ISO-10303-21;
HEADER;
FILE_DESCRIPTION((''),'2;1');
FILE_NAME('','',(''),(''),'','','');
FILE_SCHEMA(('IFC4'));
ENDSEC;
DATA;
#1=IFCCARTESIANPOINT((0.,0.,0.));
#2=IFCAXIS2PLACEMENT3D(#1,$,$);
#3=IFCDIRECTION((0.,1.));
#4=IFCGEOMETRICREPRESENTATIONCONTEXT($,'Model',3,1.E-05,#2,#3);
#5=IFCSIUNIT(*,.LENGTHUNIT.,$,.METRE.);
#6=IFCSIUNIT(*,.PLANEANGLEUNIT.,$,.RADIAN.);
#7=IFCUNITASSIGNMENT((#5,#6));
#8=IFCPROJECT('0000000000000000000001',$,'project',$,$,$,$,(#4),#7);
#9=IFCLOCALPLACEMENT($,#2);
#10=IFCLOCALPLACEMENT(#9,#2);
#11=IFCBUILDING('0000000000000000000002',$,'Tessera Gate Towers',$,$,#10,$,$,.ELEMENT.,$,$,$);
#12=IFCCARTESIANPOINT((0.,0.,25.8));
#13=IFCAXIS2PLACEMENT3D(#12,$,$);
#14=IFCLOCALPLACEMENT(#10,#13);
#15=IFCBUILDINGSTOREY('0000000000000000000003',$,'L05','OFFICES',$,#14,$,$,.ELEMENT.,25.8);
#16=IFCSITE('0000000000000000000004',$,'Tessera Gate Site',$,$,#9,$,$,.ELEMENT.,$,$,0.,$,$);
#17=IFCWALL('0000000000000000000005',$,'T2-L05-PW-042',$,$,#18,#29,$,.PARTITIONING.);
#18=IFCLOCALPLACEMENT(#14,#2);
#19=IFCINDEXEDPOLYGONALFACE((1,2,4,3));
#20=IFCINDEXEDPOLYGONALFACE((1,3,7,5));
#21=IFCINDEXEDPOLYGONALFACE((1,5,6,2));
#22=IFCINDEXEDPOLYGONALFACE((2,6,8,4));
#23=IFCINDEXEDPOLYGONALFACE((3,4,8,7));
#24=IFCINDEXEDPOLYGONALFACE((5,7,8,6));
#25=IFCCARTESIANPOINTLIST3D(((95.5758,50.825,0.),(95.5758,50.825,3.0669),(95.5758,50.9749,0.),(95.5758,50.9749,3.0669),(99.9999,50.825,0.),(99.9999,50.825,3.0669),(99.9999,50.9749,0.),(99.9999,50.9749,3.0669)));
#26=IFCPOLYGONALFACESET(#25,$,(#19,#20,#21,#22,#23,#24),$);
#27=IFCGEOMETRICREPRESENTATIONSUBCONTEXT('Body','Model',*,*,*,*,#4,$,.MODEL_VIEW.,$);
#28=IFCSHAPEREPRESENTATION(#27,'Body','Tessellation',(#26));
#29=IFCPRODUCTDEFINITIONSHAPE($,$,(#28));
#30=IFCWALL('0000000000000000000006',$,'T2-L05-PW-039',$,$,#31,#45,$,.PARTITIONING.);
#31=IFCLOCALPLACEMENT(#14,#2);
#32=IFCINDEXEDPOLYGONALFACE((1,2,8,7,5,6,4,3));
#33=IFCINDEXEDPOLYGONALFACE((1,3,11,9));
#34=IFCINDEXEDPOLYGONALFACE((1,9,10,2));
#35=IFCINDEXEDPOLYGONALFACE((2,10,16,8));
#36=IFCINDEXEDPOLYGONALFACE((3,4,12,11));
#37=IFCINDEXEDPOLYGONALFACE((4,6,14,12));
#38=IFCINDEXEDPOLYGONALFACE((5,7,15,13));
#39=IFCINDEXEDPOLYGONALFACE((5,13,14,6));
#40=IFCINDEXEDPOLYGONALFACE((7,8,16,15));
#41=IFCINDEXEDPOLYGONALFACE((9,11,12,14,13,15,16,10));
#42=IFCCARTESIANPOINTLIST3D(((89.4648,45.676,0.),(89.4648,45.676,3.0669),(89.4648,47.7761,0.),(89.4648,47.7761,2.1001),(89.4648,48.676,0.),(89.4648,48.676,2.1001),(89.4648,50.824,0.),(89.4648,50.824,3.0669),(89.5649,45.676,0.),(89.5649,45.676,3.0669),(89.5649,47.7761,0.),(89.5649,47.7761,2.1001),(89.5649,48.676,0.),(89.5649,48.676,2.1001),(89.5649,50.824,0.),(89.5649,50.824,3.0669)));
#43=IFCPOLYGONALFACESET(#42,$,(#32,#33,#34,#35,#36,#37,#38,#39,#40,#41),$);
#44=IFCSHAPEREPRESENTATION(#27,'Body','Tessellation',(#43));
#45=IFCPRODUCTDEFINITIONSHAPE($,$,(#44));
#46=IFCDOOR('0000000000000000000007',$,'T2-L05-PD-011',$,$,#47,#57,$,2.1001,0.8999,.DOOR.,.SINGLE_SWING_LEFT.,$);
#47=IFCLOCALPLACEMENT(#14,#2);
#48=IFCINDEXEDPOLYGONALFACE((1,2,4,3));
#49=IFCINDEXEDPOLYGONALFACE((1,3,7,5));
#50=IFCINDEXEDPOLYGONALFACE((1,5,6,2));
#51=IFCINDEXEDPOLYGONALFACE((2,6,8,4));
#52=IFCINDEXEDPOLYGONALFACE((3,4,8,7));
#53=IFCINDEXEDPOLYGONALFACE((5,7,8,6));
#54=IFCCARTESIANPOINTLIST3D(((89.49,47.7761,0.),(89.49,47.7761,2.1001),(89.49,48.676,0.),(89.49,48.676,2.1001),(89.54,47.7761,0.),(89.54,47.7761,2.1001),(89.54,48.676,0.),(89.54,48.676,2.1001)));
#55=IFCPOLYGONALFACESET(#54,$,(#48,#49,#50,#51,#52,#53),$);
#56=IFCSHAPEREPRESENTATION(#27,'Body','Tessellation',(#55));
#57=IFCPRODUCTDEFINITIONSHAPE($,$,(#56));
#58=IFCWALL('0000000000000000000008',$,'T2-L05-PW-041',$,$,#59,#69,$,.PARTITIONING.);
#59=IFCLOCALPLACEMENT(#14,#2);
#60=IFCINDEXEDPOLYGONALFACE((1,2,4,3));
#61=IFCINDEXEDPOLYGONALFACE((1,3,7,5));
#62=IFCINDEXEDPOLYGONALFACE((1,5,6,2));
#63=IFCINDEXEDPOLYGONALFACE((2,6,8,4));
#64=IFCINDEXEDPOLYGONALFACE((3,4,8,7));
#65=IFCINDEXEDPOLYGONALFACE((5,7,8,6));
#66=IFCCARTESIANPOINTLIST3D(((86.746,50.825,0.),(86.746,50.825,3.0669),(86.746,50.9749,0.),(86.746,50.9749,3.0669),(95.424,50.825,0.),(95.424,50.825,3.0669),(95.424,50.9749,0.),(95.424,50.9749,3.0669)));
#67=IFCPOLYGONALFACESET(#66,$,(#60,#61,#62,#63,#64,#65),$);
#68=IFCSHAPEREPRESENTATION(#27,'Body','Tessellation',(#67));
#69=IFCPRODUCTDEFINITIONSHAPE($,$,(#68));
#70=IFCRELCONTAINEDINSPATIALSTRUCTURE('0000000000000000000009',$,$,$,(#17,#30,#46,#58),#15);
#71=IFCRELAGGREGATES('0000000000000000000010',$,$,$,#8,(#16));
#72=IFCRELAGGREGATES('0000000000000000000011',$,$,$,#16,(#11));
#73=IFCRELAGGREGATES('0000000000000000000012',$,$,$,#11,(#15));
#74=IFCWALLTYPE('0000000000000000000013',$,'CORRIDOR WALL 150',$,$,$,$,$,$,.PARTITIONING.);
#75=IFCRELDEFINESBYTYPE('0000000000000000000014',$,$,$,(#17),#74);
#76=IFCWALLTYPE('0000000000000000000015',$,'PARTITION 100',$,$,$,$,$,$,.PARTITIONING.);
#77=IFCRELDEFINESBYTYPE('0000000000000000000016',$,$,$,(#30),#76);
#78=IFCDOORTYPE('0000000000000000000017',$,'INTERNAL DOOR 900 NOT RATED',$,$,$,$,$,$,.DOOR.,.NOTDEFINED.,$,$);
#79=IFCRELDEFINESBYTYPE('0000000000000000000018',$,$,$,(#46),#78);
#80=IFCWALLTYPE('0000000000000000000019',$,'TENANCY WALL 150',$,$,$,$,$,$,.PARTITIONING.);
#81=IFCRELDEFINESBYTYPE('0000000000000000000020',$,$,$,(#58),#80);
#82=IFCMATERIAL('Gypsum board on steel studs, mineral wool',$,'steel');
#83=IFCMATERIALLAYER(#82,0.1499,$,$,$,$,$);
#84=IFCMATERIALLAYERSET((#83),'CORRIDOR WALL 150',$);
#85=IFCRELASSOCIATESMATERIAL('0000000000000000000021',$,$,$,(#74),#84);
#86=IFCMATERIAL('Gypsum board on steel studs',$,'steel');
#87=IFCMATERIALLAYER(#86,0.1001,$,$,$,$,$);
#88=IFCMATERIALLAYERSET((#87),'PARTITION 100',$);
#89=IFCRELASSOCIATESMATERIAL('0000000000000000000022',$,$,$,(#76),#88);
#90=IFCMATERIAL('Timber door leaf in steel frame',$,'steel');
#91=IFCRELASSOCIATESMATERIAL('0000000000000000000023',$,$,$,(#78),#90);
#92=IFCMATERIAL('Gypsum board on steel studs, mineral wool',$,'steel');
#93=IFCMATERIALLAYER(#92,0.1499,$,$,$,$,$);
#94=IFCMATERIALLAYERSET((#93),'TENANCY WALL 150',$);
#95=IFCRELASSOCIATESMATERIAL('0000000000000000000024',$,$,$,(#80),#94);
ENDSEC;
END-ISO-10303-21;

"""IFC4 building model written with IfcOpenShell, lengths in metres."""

from ifc_helpers import new_model, si_unit, direction, frame, frame_2d, origin, place, context, subcontext, project, spatial, rectangle, extrude, source, transform, mapped, material, layer, layer_set, type_object, element, fill, save


model = new_model("IFC4")

# Units and contexts
model_context = context("Model", 3, precision=1e-05, world=origin(), true_north=direction((0.0, 1.0)))
body_context = subcontext(model_context, "Body", "Model", "MODEL_VIEW")
ifc_project = project(units=[si_unit("LENGTHUNIT", "METRE"), si_unit("PLANEANGLEUNIT", "RADIAN")], contexts=[model_context])

# Site, building, storey
site_placement = place(None, origin())
site = spatial("IfcSite", under=ifc_project, at=site_placement, Name="Tessera Gate Site", CompositionType="ELEMENT", RefElevation=0.0)
building_placement = place(site_placement, origin())
building = spatial("IfcBuilding", under=site, at=building_placement, Name="Tessera Gate Towers", CompositionType="ELEMENT")
storey_placement = place(building_placement, frame((0.0, 0.0, 25.8)))
storey = spatial("IfcBuildingStorey", under=building, at=storey_placement, Name="L05", Description="OFFICES", CompositionType="ELEMENT", Elevation=25.8)

# Wall
ifc_material_1 = material(Name="Gypsum board on steel studs, mineral wool", Category="steel")
ifc_layer_1 = layer(ifc_material_1, 0.1499)
ifc_layer_set_1 = layer_set([ifc_layer_1], Name="CORRIDOR WALL 150")
wall_type_1 = type_object("IfcWallType", Name="CORRIDOR WALL 150", PredefinedType="PARTITIONING", material=ifc_layer_set_1)
wall_1_placement = place(storey_placement, frame((95.5759, 50.8999, 0.0), z_axis=(0.0, 0.0, 1.0), x_axis=(1.0, 0.0, 0.0)))
element("IfcWall", 1, at=wall_1_placement, inside=storey, type_object=wall_type_1, Name="T2-L05-PW-042", PredefinedType="PARTITIONING", context=body_context, shape_type="SweptSolid", body=[
    extrude(rectangle(XDim=4.4241, YDim=0.1499, at=frame_2d((2.2119, 0.0))), origin(), (0.0, 0.0, 1.0), 3.0669),
])

# Wall, opening, door
ifc_material_2 = material(Name="Gypsum board on steel studs", Category="steel")
ifc_layer_2 = layer(ifc_material_2, 0.1001)
ifc_layer_set_2 = layer_set([ifc_layer_2], Name="PARTITION 100")
wall_type_2 = type_object("IfcWallType", Name="PARTITION 100", PredefinedType="PARTITIONING", material=ifc_layer_set_2)
wall_2_placement = place(storey_placement, frame((89.5149, 45.676, 0.0), z_axis=(0.0, 0.0, 1.0), x_axis=(0.0, 1.0, 0.0)))
wall_2 = element("IfcWall", 2, at=wall_2_placement, inside=storey, type_object=wall_type_2, Name="T2-L05-PW-039", PredefinedType="PARTITIONING", context=body_context, shape_type="SweptSolid", body=[
    extrude(rectangle(XDim=5.1479, YDim=0.1001, at=frame_2d((2.574, 0.0))), origin(), (0.0, 0.0, 1.0), 3.0669),
])
shared_shape_1 = source(origin(), body_context, "Body", "SweptSolid", [
    extrude(rectangle(XDim=0.8999, YDim=2.1001, at=frame_2d((0.45, 1.05))), frame((0.0, 0.0601, 0.0), z_axis=(0.0, -1.0, 0.0), x_axis=(1.0, 0.0, 0.0)), (0.0, 0.0, 1.0), 0.1201),
])
opening_placement = place(wall_2_placement, frame((2.1001, 0.0, 0.0)))
opening = element("IfcOpeningElement", 3, at=opening_placement, cuts=wall_2, PredefinedType="OPENING", context=body_context, shape_type="MappedRepresentation", body=[
    mapped(shared_shape_1, transform((0.0, 0.0, 0.0), scale=1.0)),
])
ifc_material_3 = material(Name="Timber door leaf in steel frame", Category="steel")
door_type = type_object("IfcDoorType", Name="INTERNAL DOOR 900 NOT RATED", OperationType="NOTDEFINED", PredefinedType="DOOR", material=ifc_material_3)
shared_shape_2 = source(origin(), body_context, "Body", "SweptSolid", [
    extrude(rectangle(XDim=0.8999, YDim=2.1001, at=frame_2d((0.45, 1.05))), frame((0.0, 0.0249, 0.0), z_axis=(0.0, -1.0, 0.0), x_axis=(1.0, 0.0, 0.0)), (0.0, 0.0, 1.0), 0.05),
])
door_placement = place(opening_placement, origin())
door = element("IfcDoor", 4, at=door_placement, inside=storey, type_object=door_type, Name="T2-L05-PD-011", OperationType="SINGLE_SWING_LEFT", OverallHeight=2.1001, OverallWidth=0.8999, PredefinedType="DOOR", context=body_context, shape_type="MappedRepresentation", body=[
    mapped(shared_shape_2, transform((0.0, 0.0, 0.0), scale=1.0)),
])
fill(opening, door)

# Wall
ifc_material_4 = material(Name="Gypsum board on steel studs, mineral wool", Category="steel")
ifc_layer_3 = layer(ifc_material_4, 0.1499)
ifc_layer_set_3 = layer_set([ifc_layer_3], Name="TENANCY WALL 150")
wall_type_3 = type_object("IfcWallType", Name="TENANCY WALL 150", PredefinedType="PARTITIONING", material=ifc_layer_set_3)
wall_3_placement = place(storey_placement, frame((86.7461, 50.8999, 0.0), z_axis=(0.0, 0.0, 1.0), x_axis=(1.0, 0.0, 0.0)))
element("IfcWall", 5, at=wall_3_placement, inside=storey, type_object=wall_type_3, Name="T2-L05-PW-041", PredefinedType="PARTITIONING", context=body_context, shape_type="SweptSolid", body=[
    extrude(rectangle(XDim=8.678, YDim=0.1499, at=frame_2d((4.3389, 0.0))), origin(), (0.0, 0.0, 1.0), 3.0669),
])

save(model, "model.ifc")
